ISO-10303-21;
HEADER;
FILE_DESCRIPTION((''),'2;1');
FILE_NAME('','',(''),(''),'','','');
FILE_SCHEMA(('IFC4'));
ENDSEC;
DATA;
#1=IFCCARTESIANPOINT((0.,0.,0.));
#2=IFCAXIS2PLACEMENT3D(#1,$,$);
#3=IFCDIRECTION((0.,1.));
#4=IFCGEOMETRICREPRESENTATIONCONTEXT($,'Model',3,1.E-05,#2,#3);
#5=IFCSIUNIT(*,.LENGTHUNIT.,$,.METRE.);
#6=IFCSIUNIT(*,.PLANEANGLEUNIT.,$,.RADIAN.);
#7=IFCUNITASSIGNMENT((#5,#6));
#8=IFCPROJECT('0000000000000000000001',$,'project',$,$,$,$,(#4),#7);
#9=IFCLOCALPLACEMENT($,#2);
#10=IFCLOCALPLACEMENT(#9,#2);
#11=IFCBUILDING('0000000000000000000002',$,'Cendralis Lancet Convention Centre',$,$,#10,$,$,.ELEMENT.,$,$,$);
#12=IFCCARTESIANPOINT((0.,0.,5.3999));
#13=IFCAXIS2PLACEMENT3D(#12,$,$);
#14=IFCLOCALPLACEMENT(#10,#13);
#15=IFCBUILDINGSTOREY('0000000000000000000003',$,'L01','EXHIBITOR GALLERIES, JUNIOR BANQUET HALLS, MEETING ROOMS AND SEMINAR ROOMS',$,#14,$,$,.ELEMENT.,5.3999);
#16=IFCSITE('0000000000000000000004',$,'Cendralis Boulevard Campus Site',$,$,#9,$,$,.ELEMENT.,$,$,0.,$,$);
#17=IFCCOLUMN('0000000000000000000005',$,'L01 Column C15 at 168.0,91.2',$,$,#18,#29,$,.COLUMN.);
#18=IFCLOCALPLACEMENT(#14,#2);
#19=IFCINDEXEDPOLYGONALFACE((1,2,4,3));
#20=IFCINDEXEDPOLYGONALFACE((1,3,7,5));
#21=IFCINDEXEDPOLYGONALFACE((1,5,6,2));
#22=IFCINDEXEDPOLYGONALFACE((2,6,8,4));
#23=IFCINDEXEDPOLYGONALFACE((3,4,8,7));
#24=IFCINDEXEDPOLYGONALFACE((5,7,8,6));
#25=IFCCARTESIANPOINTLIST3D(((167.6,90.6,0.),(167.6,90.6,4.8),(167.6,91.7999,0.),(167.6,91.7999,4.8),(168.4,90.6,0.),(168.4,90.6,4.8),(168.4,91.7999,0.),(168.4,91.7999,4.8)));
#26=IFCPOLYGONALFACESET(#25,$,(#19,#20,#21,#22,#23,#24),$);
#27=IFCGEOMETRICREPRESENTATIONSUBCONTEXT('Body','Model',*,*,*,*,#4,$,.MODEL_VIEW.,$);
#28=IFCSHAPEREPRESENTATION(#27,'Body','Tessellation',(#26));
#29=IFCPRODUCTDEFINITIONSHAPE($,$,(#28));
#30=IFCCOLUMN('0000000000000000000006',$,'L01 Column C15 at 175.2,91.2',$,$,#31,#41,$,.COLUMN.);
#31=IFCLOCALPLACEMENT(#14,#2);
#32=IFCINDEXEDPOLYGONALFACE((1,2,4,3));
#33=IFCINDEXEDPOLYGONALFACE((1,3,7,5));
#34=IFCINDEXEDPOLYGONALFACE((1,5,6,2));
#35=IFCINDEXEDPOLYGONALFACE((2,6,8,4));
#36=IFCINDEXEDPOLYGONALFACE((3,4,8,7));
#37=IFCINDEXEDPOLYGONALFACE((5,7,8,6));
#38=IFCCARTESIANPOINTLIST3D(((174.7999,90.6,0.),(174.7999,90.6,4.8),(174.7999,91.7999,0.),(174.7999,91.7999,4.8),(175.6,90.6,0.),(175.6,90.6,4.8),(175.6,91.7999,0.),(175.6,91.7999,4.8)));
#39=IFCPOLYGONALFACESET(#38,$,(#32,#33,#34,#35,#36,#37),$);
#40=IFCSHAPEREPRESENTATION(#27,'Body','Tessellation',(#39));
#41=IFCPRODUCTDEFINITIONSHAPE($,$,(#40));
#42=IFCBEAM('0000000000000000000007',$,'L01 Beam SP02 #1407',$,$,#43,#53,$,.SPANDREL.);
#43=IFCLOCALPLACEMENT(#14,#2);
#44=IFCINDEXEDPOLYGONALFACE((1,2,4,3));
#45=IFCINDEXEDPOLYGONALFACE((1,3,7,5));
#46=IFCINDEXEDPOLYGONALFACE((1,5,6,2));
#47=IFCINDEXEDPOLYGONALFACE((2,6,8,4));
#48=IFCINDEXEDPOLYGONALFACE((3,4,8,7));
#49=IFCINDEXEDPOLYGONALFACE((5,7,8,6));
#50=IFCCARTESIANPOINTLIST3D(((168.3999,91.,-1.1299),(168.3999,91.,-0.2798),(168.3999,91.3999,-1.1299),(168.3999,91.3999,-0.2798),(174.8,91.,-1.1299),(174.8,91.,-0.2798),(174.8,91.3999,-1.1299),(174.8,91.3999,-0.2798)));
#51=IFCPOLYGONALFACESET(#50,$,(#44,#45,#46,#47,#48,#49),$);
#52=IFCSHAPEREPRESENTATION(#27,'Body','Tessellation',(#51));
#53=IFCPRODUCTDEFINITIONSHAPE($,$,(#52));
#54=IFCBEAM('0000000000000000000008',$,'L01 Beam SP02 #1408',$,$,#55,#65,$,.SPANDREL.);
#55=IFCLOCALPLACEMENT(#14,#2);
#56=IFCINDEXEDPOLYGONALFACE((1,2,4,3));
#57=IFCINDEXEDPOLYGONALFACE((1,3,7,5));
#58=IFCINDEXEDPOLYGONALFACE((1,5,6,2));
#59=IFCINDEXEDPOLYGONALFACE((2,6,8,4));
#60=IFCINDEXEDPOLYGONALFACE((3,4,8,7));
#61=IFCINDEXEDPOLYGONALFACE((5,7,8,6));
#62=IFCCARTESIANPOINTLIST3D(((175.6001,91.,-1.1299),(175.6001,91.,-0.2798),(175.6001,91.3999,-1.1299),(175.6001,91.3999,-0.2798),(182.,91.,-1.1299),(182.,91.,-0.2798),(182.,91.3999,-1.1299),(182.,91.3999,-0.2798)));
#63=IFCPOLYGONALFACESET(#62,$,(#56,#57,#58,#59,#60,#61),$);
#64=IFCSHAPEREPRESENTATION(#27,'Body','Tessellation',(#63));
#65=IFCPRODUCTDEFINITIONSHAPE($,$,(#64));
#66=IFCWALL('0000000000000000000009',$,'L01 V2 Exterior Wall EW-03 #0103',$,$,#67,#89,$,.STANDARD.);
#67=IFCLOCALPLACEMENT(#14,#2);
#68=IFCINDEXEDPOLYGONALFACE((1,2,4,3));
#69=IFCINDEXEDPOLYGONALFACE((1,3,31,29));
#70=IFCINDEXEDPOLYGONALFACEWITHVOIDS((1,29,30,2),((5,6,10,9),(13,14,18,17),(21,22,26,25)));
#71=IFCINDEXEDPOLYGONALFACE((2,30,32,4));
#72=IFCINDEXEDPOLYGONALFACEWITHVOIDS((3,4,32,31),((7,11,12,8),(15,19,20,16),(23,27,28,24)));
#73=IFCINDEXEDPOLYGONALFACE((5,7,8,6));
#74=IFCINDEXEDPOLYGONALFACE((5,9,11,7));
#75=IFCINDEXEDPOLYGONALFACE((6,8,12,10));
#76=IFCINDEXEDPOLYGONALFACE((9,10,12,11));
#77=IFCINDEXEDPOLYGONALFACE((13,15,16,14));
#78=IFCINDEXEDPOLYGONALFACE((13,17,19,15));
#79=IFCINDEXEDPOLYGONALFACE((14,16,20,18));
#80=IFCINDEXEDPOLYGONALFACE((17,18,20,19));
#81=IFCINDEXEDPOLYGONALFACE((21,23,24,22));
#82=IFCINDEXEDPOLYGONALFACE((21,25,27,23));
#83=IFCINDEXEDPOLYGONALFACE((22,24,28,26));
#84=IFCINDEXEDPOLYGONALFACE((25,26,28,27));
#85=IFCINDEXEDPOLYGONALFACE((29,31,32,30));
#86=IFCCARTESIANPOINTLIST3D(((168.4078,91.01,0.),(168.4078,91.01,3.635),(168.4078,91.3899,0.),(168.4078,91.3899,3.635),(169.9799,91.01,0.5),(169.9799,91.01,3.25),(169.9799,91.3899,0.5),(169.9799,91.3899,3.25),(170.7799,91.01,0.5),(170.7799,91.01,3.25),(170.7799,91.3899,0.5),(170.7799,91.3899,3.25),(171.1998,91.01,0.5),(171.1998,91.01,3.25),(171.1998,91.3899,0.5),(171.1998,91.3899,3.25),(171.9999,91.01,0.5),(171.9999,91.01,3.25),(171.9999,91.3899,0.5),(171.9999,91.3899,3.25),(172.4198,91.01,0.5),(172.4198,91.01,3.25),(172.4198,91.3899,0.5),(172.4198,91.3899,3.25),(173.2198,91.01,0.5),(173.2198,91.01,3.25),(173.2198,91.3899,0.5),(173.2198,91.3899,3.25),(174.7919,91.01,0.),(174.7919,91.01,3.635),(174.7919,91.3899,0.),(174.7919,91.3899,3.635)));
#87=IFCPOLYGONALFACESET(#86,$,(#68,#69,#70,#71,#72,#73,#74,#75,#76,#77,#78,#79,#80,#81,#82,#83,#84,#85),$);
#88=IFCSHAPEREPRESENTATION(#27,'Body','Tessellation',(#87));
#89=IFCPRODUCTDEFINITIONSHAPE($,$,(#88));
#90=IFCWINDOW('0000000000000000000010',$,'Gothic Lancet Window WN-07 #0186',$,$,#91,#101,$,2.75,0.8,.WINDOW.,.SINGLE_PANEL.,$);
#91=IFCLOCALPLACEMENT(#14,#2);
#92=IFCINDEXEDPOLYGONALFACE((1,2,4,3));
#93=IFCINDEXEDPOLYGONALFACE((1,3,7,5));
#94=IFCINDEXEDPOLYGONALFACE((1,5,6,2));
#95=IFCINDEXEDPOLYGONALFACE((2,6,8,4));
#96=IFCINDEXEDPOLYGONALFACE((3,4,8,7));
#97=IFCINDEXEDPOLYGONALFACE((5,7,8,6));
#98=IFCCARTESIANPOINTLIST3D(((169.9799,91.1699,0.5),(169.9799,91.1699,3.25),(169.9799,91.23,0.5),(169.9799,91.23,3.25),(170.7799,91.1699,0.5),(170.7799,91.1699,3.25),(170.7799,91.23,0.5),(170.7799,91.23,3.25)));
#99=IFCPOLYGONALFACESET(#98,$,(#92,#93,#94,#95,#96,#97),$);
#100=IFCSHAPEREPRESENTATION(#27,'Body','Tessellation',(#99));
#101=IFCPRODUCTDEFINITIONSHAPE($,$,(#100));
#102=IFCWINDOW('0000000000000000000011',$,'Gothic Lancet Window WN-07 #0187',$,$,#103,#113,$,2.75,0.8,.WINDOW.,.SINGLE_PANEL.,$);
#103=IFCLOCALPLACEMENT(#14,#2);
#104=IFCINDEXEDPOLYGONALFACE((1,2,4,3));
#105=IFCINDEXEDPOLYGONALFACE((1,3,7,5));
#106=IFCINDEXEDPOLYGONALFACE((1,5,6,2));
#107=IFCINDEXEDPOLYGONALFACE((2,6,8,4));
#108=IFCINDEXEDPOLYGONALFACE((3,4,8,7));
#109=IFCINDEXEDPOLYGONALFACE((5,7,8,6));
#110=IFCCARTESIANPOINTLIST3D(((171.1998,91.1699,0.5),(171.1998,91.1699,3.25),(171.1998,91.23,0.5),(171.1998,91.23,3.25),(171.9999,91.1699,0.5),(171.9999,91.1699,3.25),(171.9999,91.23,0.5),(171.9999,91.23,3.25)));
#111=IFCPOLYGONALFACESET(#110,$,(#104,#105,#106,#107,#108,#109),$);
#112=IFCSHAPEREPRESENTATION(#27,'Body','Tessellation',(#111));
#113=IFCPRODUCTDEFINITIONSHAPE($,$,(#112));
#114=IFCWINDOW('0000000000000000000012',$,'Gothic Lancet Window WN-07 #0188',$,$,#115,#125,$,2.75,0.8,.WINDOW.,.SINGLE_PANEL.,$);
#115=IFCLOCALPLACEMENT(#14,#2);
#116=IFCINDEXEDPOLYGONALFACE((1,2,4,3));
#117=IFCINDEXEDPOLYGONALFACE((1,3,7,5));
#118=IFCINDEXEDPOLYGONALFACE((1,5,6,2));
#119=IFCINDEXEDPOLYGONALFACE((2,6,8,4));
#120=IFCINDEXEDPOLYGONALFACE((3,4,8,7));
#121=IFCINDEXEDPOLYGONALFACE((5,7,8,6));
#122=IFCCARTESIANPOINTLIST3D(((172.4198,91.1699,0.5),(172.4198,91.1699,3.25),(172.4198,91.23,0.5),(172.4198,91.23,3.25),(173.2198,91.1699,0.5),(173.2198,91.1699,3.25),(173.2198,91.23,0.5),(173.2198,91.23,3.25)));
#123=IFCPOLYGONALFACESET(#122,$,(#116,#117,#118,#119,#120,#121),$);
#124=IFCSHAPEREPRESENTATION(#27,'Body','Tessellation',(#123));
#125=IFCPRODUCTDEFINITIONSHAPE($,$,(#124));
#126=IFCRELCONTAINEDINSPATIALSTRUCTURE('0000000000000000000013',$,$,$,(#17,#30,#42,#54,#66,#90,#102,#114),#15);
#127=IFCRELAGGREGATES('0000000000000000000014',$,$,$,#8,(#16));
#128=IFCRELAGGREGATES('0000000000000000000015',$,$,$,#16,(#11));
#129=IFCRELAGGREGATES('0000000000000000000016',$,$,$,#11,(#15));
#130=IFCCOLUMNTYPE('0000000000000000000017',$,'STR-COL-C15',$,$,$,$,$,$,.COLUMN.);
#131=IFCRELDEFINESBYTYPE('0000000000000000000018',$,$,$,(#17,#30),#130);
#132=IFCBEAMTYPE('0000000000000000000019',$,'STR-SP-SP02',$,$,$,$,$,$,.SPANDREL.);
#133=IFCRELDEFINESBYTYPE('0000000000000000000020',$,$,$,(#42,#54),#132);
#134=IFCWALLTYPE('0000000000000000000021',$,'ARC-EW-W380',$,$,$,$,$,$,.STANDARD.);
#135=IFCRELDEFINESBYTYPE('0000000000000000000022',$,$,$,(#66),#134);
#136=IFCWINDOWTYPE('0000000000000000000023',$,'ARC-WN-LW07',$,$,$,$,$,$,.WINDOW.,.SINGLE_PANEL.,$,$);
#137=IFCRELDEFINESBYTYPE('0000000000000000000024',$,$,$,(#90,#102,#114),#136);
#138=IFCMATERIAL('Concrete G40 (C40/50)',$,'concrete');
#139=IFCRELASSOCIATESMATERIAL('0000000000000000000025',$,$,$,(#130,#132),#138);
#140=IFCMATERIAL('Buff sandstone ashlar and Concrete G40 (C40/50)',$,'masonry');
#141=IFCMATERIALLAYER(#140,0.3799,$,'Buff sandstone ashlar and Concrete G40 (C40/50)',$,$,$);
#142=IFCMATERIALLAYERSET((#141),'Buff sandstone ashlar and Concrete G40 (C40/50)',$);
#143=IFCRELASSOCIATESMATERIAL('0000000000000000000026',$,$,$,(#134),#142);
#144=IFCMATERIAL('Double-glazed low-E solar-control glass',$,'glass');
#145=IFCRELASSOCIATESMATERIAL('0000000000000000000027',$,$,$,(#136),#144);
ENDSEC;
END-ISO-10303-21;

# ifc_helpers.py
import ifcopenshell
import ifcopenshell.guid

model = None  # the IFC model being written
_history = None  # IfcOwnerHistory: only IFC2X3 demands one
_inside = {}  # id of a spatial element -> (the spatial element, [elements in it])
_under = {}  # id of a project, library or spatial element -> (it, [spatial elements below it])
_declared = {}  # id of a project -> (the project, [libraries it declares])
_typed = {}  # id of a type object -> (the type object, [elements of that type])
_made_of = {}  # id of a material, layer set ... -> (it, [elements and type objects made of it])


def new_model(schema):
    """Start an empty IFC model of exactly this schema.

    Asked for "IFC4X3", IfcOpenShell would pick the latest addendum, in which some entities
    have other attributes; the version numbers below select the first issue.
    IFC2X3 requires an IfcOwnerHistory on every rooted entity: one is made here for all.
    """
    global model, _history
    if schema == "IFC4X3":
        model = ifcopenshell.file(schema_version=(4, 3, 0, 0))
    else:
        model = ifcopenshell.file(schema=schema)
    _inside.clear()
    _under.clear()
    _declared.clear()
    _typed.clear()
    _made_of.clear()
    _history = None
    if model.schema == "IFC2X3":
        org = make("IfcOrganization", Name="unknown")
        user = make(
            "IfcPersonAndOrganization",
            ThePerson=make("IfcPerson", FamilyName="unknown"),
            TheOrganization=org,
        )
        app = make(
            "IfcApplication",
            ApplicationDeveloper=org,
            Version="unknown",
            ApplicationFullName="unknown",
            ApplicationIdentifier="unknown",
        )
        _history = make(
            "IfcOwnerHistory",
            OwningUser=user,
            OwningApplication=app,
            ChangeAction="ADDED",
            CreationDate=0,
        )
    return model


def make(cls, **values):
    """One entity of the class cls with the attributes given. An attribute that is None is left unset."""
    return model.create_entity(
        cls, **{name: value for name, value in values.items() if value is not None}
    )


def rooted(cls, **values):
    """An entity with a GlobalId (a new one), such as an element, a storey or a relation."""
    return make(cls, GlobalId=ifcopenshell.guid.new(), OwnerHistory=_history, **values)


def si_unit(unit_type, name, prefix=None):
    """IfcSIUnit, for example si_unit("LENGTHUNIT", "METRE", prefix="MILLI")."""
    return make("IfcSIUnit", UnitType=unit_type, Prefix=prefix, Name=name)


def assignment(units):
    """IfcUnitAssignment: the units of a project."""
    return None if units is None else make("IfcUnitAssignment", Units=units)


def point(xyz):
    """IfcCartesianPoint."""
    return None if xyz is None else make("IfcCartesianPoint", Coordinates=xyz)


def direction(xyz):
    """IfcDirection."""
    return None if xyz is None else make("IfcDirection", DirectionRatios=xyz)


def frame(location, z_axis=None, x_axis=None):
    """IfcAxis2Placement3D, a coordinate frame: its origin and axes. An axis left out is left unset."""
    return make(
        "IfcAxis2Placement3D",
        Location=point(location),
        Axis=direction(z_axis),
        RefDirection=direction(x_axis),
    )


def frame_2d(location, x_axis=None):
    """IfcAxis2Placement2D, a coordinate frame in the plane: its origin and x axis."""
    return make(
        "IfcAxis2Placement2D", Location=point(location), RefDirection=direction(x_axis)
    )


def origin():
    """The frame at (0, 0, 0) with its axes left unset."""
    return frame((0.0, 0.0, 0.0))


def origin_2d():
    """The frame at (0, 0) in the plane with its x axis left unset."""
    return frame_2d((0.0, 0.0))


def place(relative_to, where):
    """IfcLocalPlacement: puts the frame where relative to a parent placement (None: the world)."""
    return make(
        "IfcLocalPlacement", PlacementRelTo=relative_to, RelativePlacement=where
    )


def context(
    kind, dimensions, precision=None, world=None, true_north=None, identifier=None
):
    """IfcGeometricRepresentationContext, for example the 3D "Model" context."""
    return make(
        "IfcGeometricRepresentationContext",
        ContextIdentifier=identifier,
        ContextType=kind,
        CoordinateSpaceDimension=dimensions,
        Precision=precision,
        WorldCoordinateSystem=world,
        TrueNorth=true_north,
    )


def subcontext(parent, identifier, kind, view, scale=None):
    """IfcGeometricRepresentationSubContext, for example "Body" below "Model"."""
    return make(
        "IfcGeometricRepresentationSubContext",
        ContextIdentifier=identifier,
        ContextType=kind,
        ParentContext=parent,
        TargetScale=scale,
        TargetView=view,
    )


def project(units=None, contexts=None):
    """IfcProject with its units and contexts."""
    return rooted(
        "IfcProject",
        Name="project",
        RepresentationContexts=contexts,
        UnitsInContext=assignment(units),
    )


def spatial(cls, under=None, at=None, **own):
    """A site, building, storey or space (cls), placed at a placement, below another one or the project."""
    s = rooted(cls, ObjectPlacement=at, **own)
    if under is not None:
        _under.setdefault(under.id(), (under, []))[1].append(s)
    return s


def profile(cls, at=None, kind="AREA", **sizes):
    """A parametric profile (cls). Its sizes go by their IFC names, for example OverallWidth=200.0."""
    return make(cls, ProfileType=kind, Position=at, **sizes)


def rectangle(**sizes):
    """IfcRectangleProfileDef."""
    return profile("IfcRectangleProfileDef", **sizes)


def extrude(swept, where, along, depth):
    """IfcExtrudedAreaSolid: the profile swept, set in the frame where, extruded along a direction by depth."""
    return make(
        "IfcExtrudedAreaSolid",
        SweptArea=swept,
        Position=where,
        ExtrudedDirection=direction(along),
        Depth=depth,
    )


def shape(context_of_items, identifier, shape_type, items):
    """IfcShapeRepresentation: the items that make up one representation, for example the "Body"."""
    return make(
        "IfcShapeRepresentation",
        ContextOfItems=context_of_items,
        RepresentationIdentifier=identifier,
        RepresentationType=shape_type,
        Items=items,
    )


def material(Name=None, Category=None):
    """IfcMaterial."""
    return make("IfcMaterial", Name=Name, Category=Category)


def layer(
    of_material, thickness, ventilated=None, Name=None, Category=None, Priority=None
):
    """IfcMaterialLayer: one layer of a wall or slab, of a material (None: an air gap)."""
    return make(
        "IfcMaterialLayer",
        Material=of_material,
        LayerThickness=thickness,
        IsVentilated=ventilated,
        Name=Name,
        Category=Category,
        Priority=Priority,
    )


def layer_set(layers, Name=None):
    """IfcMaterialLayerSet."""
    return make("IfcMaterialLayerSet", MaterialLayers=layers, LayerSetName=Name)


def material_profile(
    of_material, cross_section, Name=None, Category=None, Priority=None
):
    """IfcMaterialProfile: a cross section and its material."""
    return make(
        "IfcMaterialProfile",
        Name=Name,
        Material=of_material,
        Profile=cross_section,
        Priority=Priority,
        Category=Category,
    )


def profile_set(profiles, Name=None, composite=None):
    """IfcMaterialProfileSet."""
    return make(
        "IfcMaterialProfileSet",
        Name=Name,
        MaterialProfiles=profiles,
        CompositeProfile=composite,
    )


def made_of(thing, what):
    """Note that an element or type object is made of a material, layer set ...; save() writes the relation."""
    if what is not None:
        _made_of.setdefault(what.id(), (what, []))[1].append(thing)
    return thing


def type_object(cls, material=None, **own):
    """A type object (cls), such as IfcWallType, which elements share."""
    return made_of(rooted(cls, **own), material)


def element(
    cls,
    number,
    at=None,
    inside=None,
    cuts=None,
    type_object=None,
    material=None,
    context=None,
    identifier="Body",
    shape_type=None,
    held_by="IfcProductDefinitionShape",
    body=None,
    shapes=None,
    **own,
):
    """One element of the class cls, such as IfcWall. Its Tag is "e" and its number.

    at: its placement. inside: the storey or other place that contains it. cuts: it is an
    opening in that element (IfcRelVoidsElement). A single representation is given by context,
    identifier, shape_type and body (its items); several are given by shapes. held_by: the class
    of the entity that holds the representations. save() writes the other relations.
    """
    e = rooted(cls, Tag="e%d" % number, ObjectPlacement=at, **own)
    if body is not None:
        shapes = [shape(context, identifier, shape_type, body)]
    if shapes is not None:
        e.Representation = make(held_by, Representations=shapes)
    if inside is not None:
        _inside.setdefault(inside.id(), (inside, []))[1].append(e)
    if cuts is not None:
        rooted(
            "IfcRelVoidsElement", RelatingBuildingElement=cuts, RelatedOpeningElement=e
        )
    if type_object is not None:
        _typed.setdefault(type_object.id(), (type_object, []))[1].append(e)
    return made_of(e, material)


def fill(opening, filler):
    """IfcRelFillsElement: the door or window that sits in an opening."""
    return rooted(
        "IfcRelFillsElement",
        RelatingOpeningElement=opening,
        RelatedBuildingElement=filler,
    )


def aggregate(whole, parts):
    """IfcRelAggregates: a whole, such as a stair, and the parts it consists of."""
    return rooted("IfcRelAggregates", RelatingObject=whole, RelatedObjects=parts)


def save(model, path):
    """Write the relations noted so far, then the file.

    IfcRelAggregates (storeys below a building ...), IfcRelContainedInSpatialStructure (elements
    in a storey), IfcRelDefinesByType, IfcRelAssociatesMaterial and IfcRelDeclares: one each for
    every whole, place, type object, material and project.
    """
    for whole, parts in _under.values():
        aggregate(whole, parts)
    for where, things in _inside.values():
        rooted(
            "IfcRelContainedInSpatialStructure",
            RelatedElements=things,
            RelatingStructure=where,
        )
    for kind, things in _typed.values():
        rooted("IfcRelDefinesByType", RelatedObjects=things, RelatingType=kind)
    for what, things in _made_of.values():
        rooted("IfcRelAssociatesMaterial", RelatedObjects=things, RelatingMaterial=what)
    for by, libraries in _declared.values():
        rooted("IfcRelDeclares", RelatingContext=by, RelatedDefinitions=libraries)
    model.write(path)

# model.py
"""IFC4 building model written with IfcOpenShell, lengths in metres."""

from ifc_helpers import new_model, si_unit, direction, frame, frame_2d, origin, origin_2d, place, context, subcontext, project, spatial, rectangle, extrude, material, layer, layer_set, material_profile, profile_set, type_object, element, fill, save


model = new_model("IFC4")

# Units and contexts
model_context = context("Model", 3, precision=1e-05, world=origin(), true_north=direction((0.0, 1.0)))
body_context = subcontext(model_context, "Body", "Model", "MODEL_VIEW")
ifc_project = project(units=[si_unit("LENGTHUNIT", "METRE"), si_unit("PLANEANGLEUNIT", "RADIAN")], contexts=[model_context])

# Site, building, storey
site_placement = place(None, origin())
site = spatial("IfcSite", under=ifc_project, at=site_placement, Name="Cendralis Boulevard Campus Site", CompositionType="ELEMENT", RefElevation=0.0)
building_placement = place(site_placement, origin())
building = spatial("IfcBuilding", under=site, at=building_placement, Name="Cendralis Lancet Convention Centre", CompositionType="ELEMENT")
storey_placement = place(building_placement, frame((0.0, 0.0, 5.3999)))
storey = spatial("IfcBuildingStorey", under=building, at=storey_placement, Name="L01", Description="EXHIBITOR GALLERIES, JUNIOR BANQUET HALLS, MEETING ROOMS AND SEMINAR ROOMS", CompositionType="ELEMENT", Elevation=5.3999)

# Columns
ifc_material_1 = material(Name="Concrete G40 (C40/50)", Category="concrete")
ifc_material_profile_1 = material_profile(ifc_material_1, rectangle(XDim=0.8, YDim=1.2, at=origin_2d()), Name="RC 800x1200")
ifc_profile_set_1 = profile_set([ifc_material_profile_1], Name="Concrete G40 (C40/50)")
column_type = type_object("IfcColumnType", Name="STR-COL-C15", PredefinedType="COLUMN", material=ifc_profile_set_1)
for number, where, z_axis, x_axis, name in (
    (1, (168.0, 91.2, 0.0), (0.0, 0.0, 1.0), (1.0, 0.0, 0.0), "L01 Column C15 at 168.0,91.2"),
    (2, (175.2, 91.2, 0.0), (0.0, 0.0, 1.0), (1.0, 0.0, 0.0), "L01 Column C15 at 175.2,91.2"),
):
    element("IfcColumn", number, at=place(storey_placement, frame(where, z_axis=z_axis, x_axis=x_axis)), inside=storey, type_object=column_type, Name=name, PredefinedType="COLUMN", context=body_context, shape_type="SweptSolid", body=[
        extrude(rectangle(XDim=0.8, YDim=1.2, at=origin_2d()), origin(), (0.0, 0.0, 1.0), 4.8),
    ])

# Beams
ifc_material_profile_2 = material_profile(ifc_material_1, rectangle(XDim=0.3999, YDim=0.8501, at=origin_2d()), Name="RCB 400x850")
ifc_profile_set_2 = profile_set([ifc_material_profile_2], Name="Concrete G40 (C40/50)")
beam_type = type_object("IfcBeamType", Name="STR-SP-SP02", PredefinedType="SPANDREL", material=ifc_profile_set_2)
beam_1_placement = place(storey_placement, frame((168.3999, 91.2, -0.7048), z_axis=(1.0, 0.0, 0.0), x_axis=(0.0, 1.0, 0.0)))
element("IfcBeam", 3, at=beam_1_placement, inside=storey, type_object=beam_type, Name="L01 Beam SP02 #1407", PredefinedType="SPANDREL", context=body_context, shape_type="SweptSolid", body=[
    extrude(rectangle(XDim=0.3999, YDim=0.8501, at=origin_2d()), origin(), (0.0, 0.0, 1.0), 6.4001),
])
beam_2_placement = place(storey_placement, frame((175.6001, 91.2, -0.7048), z_axis=(1.0, 0.0, 0.0), x_axis=(0.0, 1.0, 0.0)))
element("IfcBeam", 4, at=beam_2_placement, inside=storey, type_object=beam_type, Name="L01 Beam SP02 #1408", PredefinedType="SPANDREL", context=body_context, shape_type="SweptSolid", body=[
    extrude(rectangle(XDim=0.3999, YDim=0.8501, at=origin_2d()), origin(), (0.0, 0.0, 1.0), 6.3999),
])

# Wall, openings, windows
ifc_material_2 = material(Name="Buff sandstone ashlar and Concrete G40 (C40/50)", Category="masonry")
ifc_layer_1 = layer(ifc_material_2, 0.3799, Name="Buff sandstone ashlar and Concrete G40 (C40/50)")
ifc_layer_set_1 = layer_set([ifc_layer_1], Name="Buff sandstone ashlar and Concrete G40 (C40/50)")
wall_type_1 = type_object("IfcWallType", Name="ARC-EW-W380", PredefinedType="STANDARD", material=ifc_layer_set_1)
wall_1_placement = place(storey_placement, frame((168.408, 91.2, 0.0), z_axis=(0.0, 0.0, 1.0), x_axis=(1.0, 0.0, 0.0)))
wall_1 = element("IfcWall", 5, at=wall_1_placement, inside=storey, type_object=wall_type_1, Name="L01 V2 Exterior Wall EW-03 #0103", PredefinedType="STANDARD", context=body_context, shape_type="SweptSolid", body=[
    extrude(rectangle(XDim=6.384, YDim=0.3799, at=frame_2d((3.1919, 0.0))), origin(), (0.0, 0.0, 1.0), 3.635),
])
opening_1_placement = place(wall_1_placement, frame((1.572, 0.0, 0.5)))
opening_1 = element("IfcOpeningElement", 6, at=opening_1_placement, cuts=wall_1, PredefinedType="OPENING", context=body_context, shape_type="SweptSolid", body=[
    extrude(rectangle(XDim=0.8, YDim=2.75, at=frame_2d((0.3999, 1.375))), frame((0.0, 0.2, 0.0), z_axis=(0.0, -1.0, 0.0), x_axis=(1.0, 0.0, 0.0)), (0.0, 0.0, 1.0), 0.3999),
])
opening_2_placement = place(wall_1_placement, frame((2.792, 0.0, 0.5)))
opening_2 = element("IfcOpeningElement", 7, at=opening_2_placement, cuts=wall_1, PredefinedType="OPENING", context=body_context, shape_type="SweptSolid", body=[
    extrude(rectangle(XDim=0.8, YDim=2.75, at=frame_2d((0.3999, 1.375))), frame((0.0, 0.2, 0.0), z_axis=(0.0, -1.0, 0.0), x_axis=(1.0, 0.0, 0.0)), (0.0, 0.0, 1.0), 0.3999),
])
opening_3_placement = place(wall_1_placement, frame((4.012, 0.0, 0.5)))
opening_3 = element("IfcOpeningElement", 8, at=opening_3_placement, cuts=wall_1, PredefinedType="OPENING", context=body_context, shape_type="SweptSolid", body=[
    extrude(rectangle(XDim=0.8, YDim=2.75, at=frame_2d((0.3999, 1.375))), frame((0.0, 0.2, 0.0), z_axis=(0.0, -1.0, 0.0), x_axis=(1.0, 0.0, 0.0)), (0.0, 0.0, 1.0), 0.3999),
])
ifc_material_3 = material(Name="Double-glazed low-E solar-control glass", Category="glass")
window_type_1 = type_object("IfcWindowType", Name="ARC-WN-LW07", PartitioningType="SINGLE_PANEL", PredefinedType="WINDOW", material=ifc_material_3)
window_1_placement = place(opening_1_placement, origin())
window_1 = element("IfcWindow", 9, at=window_1_placement, inside=storey, type_object=window_type_1, Name="Gothic Lancet Window WN-07 #0186", OverallHeight=2.75, OverallWidth=0.8, PartitioningType="SINGLE_PANEL", PredefinedType="WINDOW", context=body_context, shape_type="SweptSolid", body=[
    extrude(rectangle(XDim=0.8, YDim=2.75, at=frame_2d((0.3999, 1.375))), frame((0.0, 0.03, 0.0), z_axis=(0.0, -1.0, 0.0), x_axis=(1.0, 0.0, 0.0)), (0.0, 0.0, 1.0), 0.0601),
])
fill(opening_1, window_1)
window_2_placement = place(opening_2_placement, origin())
window_2 = element("IfcWindow", 10, at=window_2_placement, inside=storey, type_object=window_type_1, Name="Gothic Lancet Window WN-07 #0187", OverallHeight=2.75, OverallWidth=0.8, PartitioningType="SINGLE_PANEL", PredefinedType="WINDOW", context=body_context, shape_type="SweptSolid", body=[
    extrude(rectangle(XDim=0.8, YDim=2.75, at=frame_2d((0.3999, 1.375))), frame((0.0, 0.03, 0.0), z_axis=(0.0, -1.0, 0.0), x_axis=(1.0, 0.0, 0.0)), (0.0, 0.0, 1.0), 0.0601),
])
fill(opening_2, window_2)
window_3_placement = place(opening_3_placement, origin())
window_3 = element("IfcWindow", 11, at=window_3_placement, inside=storey, type_object=window_type_1, Name="Gothic Lancet Window WN-07 #0188", OverallHeight=2.75, OverallWidth=0.8, PartitioningType="SINGLE_PANEL", PredefinedType="WINDOW", context=body_context, shape_type="SweptSolid", body=[
    extrude(rectangle(XDim=0.8, YDim=2.75, at=frame_2d((0.3999, 1.375))), frame((0.0, 0.03, 0.0), z_axis=(0.0, -1.0, 0.0), x_axis=(1.0, 0.0, 0.0)), (0.0, 0.0, 1.0), 0.0601),
])
fill(opening_3, window_3)

save(model, "model.ifc")
